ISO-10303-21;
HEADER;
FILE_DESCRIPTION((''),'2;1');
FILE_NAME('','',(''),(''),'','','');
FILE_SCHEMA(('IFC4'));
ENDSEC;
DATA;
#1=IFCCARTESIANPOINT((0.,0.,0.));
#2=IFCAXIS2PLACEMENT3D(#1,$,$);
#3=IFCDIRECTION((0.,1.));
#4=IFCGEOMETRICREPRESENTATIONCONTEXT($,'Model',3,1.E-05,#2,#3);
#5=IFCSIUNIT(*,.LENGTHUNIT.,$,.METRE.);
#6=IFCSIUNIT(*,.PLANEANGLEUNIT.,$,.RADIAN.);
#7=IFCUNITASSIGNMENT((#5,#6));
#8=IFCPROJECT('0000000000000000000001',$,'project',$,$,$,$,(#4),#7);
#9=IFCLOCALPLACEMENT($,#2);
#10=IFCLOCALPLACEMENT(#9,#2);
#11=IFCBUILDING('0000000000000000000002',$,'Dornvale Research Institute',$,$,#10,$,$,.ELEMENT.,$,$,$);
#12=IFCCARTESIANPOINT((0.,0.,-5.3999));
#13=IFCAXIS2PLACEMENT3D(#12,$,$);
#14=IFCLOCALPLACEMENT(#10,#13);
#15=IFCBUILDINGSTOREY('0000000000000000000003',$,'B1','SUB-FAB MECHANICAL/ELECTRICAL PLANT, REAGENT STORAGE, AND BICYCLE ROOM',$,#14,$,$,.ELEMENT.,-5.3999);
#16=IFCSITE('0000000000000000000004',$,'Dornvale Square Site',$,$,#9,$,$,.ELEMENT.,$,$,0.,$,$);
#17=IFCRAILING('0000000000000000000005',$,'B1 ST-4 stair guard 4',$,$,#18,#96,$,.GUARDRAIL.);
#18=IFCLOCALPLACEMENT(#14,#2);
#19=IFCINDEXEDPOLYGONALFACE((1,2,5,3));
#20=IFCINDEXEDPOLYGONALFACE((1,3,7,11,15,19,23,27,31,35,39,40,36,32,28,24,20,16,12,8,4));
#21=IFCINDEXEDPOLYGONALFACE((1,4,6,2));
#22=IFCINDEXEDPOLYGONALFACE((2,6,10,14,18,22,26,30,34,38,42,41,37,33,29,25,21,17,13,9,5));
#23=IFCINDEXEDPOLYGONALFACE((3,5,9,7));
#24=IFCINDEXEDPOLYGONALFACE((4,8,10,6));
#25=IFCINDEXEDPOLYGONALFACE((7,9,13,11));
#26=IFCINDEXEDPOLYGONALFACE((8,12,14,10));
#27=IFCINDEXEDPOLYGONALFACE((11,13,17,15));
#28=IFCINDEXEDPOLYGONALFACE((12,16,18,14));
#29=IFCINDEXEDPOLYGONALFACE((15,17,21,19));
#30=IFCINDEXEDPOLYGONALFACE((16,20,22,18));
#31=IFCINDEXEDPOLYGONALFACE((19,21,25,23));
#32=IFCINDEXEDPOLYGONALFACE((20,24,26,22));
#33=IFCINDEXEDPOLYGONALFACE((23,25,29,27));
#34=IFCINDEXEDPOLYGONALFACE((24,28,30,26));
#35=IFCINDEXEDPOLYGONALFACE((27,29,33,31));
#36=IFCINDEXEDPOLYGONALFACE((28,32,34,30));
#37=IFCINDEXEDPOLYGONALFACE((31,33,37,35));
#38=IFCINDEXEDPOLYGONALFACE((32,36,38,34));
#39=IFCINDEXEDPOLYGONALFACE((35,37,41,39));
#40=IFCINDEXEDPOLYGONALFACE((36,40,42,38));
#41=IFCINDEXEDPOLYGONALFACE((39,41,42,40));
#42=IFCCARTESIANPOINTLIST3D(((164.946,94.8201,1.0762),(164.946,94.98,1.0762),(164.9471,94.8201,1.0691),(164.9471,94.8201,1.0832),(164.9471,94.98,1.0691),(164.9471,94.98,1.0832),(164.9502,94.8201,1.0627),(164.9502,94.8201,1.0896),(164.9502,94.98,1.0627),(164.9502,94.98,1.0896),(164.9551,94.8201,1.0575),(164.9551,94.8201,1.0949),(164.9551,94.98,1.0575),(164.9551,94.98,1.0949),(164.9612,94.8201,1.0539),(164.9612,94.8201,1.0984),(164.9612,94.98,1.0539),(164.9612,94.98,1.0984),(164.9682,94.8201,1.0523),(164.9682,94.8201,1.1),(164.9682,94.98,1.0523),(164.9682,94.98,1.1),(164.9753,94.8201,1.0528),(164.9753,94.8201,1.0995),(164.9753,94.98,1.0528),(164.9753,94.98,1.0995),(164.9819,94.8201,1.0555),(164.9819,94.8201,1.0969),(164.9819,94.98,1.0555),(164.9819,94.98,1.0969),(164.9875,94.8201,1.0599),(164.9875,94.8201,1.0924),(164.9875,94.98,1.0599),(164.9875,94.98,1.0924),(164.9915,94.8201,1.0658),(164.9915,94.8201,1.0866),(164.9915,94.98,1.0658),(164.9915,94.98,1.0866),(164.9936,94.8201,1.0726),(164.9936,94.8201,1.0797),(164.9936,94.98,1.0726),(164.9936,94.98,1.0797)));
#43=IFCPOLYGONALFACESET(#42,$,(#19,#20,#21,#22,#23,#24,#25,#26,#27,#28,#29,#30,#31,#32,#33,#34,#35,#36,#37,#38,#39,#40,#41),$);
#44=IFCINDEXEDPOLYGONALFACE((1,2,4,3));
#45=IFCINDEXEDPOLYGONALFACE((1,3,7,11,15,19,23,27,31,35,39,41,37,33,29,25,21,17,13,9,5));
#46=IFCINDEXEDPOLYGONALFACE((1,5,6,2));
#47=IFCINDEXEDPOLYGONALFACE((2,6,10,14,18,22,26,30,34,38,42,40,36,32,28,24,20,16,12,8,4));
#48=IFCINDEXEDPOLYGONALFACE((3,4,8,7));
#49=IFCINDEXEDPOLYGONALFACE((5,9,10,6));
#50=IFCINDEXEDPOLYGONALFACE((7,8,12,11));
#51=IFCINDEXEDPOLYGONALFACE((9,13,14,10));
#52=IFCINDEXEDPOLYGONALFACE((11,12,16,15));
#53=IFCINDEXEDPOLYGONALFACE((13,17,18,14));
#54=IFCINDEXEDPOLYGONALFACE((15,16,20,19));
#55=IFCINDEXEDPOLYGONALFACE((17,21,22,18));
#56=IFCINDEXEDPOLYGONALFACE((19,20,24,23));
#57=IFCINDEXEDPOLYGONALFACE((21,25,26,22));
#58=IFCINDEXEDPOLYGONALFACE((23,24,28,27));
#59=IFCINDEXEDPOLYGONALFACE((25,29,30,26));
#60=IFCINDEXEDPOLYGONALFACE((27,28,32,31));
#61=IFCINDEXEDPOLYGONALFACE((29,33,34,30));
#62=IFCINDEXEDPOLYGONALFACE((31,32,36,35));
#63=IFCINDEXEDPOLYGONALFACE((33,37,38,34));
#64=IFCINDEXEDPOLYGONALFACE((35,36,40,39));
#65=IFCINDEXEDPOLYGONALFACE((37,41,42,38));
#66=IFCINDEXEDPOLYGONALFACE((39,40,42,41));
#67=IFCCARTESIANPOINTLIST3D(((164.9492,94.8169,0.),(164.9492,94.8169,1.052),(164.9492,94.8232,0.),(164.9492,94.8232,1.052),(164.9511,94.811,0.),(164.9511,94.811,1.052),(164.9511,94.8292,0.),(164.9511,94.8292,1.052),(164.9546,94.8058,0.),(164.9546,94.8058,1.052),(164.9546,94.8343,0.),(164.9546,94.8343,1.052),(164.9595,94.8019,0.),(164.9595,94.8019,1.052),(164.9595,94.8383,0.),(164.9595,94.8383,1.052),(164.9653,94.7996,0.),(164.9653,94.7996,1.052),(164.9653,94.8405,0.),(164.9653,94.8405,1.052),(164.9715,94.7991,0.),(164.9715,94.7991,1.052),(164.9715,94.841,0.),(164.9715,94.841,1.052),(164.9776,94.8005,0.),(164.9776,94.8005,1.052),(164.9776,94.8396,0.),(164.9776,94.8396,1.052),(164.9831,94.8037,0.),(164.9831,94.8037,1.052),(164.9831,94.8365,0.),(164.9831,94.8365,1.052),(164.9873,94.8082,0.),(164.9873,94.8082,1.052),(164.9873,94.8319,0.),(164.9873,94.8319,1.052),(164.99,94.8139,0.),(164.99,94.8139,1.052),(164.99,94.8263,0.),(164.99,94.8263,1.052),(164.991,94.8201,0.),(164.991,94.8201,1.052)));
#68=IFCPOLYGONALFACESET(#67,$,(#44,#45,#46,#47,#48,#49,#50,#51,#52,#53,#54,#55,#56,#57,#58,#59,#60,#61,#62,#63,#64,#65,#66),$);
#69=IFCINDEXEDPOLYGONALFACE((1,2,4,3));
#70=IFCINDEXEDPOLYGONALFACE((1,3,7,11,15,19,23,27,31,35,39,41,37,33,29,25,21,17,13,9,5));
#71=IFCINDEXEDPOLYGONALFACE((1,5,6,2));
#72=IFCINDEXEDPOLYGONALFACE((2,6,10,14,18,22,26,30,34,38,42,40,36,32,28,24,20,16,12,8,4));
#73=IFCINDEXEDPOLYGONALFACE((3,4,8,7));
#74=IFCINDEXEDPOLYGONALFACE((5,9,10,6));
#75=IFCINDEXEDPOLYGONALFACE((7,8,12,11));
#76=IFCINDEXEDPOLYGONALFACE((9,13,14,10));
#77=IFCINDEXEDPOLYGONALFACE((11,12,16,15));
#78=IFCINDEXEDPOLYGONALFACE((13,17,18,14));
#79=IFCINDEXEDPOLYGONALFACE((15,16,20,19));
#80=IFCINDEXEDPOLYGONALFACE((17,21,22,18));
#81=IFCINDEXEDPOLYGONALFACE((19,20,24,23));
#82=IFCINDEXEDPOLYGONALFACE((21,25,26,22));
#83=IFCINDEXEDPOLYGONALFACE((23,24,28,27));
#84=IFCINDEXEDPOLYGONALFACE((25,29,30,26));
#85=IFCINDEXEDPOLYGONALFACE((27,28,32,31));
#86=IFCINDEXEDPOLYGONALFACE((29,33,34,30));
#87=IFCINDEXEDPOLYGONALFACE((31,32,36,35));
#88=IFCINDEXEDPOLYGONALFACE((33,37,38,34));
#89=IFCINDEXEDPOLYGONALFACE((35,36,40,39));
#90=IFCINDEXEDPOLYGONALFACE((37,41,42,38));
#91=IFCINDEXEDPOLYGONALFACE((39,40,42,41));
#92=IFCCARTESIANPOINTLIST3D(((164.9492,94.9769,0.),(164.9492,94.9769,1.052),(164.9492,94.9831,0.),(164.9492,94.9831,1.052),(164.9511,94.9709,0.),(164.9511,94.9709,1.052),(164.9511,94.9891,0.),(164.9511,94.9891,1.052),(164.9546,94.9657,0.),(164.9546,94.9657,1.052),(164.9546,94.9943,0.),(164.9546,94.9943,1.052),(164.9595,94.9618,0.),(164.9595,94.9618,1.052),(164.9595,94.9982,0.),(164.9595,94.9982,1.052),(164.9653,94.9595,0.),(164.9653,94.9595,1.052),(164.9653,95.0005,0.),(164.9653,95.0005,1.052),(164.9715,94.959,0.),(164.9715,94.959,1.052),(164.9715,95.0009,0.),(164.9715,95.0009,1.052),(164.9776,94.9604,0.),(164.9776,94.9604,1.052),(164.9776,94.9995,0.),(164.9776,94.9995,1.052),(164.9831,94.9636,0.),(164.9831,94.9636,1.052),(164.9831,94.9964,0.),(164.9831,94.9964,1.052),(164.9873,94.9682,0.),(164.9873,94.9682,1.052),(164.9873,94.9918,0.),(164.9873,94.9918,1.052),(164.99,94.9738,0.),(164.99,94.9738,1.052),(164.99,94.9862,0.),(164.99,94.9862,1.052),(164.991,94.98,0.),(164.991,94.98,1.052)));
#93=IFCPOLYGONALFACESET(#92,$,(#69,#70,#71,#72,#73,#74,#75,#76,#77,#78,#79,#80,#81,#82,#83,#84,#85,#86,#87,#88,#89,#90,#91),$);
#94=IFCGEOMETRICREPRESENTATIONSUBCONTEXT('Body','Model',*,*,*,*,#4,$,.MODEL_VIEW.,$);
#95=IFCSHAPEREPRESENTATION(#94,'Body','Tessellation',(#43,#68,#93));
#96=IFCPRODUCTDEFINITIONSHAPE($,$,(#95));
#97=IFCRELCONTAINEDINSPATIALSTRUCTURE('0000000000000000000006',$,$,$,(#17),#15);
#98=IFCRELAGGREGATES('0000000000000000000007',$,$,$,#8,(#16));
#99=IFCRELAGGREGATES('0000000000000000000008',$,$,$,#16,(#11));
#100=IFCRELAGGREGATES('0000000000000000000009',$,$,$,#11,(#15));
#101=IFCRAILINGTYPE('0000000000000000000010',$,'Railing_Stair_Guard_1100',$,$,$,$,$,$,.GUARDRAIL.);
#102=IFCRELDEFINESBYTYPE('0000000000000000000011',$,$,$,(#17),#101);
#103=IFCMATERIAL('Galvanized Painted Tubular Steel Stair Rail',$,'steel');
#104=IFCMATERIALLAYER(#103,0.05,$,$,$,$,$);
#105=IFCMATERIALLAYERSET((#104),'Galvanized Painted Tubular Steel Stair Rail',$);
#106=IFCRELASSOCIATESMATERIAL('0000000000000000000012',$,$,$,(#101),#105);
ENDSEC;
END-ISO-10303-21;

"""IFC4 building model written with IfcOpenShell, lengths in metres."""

from ifc_helpers import new_model, si_unit, direction, frame, origin, origin_2d, place, context, subcontext, project, spatial, circle, extrude, material, layer, layer_set, type_object, element, save


model = new_model("IFC4")

# Units and contexts
model_context = context("Model", 3, precision=1e-05, world=origin(), true_north=direction((0.0, 1.0)))
body_context = subcontext(model_context, "Body", "Model", "MODEL_VIEW")
ifc_project = project(units=[si_unit("LENGTHUNIT", "METRE"), si_unit("PLANEANGLEUNIT", "RADIAN")], contexts=[model_context])

# Site, building, storey
site_placement = place(None, origin())
site = spatial("IfcSite", under=ifc_project, at=site_placement, Name="Dornvale Square Site", CompositionType="ELEMENT", RefElevation=0.0)
building_placement = place(site_placement, origin())
building = spatial("IfcBuilding", under=site, at=building_placement, Name="Dornvale Research Institute", CompositionType="ELEMENT")
storey_placement = place(building_placement, frame((0.0, 0.0, -5.3999)))
storey = spatial("IfcBuildingStorey", under=building, at=storey_placement, Name="B1", Description="SUB-FAB MECHANICAL/ELECTRICAL PLANT, REAGENT STORAGE, AND BICYCLE ROOM", CompositionType="ELEMENT", Elevation=-5.3999)

# Railing
ifc_material_1 = material(Name="Galvanized Painted Tubular Steel Stair Rail", Category="steel")
ifc_layer_1 = layer(ifc_material_1, 0.05)
ifc_layer_set_1 = layer_set([ifc_layer_1], Name="Galvanized Painted Tubular Steel Stair Rail")
railing_type_1 = type_object("IfcRailingType", Name="Railing_Stair_Guard_1100", PredefinedType="GUARDRAIL", material=ifc_layer_set_1)
railing_1_placement = place(storey_placement, frame((164.97, 94.8201, 0.0)))
element("IfcRailing", 1, at=railing_1_placement, inside=storey, type_object=railing_type_1, Name="B1 ST-4 stair guard 4", PredefinedType="GUARDRAIL", context=body_context, shape_type="SweptSolid", body=[
    extrude(circle(Radius=0.0239, at=origin_2d()), frame((0.0, 0.0, 1.0762), z_axis=(0.0, 1.0, 0.0), x_axis=(-1.0, 0.0, 0.0)), (0.0, 0.0, 1.0), 0.1599),
    extrude(circle(Radius=0.021, at=origin_2d()), origin(), (0.0, 0.0, 1.0), 1.052),
    extrude(circle(Radius=0.021, at=origin_2d()), frame((0.0, 0.1599, 0.0)), (0.0, 0.0, 1.0), 1.052),
])

save(model, "model.ifc")
